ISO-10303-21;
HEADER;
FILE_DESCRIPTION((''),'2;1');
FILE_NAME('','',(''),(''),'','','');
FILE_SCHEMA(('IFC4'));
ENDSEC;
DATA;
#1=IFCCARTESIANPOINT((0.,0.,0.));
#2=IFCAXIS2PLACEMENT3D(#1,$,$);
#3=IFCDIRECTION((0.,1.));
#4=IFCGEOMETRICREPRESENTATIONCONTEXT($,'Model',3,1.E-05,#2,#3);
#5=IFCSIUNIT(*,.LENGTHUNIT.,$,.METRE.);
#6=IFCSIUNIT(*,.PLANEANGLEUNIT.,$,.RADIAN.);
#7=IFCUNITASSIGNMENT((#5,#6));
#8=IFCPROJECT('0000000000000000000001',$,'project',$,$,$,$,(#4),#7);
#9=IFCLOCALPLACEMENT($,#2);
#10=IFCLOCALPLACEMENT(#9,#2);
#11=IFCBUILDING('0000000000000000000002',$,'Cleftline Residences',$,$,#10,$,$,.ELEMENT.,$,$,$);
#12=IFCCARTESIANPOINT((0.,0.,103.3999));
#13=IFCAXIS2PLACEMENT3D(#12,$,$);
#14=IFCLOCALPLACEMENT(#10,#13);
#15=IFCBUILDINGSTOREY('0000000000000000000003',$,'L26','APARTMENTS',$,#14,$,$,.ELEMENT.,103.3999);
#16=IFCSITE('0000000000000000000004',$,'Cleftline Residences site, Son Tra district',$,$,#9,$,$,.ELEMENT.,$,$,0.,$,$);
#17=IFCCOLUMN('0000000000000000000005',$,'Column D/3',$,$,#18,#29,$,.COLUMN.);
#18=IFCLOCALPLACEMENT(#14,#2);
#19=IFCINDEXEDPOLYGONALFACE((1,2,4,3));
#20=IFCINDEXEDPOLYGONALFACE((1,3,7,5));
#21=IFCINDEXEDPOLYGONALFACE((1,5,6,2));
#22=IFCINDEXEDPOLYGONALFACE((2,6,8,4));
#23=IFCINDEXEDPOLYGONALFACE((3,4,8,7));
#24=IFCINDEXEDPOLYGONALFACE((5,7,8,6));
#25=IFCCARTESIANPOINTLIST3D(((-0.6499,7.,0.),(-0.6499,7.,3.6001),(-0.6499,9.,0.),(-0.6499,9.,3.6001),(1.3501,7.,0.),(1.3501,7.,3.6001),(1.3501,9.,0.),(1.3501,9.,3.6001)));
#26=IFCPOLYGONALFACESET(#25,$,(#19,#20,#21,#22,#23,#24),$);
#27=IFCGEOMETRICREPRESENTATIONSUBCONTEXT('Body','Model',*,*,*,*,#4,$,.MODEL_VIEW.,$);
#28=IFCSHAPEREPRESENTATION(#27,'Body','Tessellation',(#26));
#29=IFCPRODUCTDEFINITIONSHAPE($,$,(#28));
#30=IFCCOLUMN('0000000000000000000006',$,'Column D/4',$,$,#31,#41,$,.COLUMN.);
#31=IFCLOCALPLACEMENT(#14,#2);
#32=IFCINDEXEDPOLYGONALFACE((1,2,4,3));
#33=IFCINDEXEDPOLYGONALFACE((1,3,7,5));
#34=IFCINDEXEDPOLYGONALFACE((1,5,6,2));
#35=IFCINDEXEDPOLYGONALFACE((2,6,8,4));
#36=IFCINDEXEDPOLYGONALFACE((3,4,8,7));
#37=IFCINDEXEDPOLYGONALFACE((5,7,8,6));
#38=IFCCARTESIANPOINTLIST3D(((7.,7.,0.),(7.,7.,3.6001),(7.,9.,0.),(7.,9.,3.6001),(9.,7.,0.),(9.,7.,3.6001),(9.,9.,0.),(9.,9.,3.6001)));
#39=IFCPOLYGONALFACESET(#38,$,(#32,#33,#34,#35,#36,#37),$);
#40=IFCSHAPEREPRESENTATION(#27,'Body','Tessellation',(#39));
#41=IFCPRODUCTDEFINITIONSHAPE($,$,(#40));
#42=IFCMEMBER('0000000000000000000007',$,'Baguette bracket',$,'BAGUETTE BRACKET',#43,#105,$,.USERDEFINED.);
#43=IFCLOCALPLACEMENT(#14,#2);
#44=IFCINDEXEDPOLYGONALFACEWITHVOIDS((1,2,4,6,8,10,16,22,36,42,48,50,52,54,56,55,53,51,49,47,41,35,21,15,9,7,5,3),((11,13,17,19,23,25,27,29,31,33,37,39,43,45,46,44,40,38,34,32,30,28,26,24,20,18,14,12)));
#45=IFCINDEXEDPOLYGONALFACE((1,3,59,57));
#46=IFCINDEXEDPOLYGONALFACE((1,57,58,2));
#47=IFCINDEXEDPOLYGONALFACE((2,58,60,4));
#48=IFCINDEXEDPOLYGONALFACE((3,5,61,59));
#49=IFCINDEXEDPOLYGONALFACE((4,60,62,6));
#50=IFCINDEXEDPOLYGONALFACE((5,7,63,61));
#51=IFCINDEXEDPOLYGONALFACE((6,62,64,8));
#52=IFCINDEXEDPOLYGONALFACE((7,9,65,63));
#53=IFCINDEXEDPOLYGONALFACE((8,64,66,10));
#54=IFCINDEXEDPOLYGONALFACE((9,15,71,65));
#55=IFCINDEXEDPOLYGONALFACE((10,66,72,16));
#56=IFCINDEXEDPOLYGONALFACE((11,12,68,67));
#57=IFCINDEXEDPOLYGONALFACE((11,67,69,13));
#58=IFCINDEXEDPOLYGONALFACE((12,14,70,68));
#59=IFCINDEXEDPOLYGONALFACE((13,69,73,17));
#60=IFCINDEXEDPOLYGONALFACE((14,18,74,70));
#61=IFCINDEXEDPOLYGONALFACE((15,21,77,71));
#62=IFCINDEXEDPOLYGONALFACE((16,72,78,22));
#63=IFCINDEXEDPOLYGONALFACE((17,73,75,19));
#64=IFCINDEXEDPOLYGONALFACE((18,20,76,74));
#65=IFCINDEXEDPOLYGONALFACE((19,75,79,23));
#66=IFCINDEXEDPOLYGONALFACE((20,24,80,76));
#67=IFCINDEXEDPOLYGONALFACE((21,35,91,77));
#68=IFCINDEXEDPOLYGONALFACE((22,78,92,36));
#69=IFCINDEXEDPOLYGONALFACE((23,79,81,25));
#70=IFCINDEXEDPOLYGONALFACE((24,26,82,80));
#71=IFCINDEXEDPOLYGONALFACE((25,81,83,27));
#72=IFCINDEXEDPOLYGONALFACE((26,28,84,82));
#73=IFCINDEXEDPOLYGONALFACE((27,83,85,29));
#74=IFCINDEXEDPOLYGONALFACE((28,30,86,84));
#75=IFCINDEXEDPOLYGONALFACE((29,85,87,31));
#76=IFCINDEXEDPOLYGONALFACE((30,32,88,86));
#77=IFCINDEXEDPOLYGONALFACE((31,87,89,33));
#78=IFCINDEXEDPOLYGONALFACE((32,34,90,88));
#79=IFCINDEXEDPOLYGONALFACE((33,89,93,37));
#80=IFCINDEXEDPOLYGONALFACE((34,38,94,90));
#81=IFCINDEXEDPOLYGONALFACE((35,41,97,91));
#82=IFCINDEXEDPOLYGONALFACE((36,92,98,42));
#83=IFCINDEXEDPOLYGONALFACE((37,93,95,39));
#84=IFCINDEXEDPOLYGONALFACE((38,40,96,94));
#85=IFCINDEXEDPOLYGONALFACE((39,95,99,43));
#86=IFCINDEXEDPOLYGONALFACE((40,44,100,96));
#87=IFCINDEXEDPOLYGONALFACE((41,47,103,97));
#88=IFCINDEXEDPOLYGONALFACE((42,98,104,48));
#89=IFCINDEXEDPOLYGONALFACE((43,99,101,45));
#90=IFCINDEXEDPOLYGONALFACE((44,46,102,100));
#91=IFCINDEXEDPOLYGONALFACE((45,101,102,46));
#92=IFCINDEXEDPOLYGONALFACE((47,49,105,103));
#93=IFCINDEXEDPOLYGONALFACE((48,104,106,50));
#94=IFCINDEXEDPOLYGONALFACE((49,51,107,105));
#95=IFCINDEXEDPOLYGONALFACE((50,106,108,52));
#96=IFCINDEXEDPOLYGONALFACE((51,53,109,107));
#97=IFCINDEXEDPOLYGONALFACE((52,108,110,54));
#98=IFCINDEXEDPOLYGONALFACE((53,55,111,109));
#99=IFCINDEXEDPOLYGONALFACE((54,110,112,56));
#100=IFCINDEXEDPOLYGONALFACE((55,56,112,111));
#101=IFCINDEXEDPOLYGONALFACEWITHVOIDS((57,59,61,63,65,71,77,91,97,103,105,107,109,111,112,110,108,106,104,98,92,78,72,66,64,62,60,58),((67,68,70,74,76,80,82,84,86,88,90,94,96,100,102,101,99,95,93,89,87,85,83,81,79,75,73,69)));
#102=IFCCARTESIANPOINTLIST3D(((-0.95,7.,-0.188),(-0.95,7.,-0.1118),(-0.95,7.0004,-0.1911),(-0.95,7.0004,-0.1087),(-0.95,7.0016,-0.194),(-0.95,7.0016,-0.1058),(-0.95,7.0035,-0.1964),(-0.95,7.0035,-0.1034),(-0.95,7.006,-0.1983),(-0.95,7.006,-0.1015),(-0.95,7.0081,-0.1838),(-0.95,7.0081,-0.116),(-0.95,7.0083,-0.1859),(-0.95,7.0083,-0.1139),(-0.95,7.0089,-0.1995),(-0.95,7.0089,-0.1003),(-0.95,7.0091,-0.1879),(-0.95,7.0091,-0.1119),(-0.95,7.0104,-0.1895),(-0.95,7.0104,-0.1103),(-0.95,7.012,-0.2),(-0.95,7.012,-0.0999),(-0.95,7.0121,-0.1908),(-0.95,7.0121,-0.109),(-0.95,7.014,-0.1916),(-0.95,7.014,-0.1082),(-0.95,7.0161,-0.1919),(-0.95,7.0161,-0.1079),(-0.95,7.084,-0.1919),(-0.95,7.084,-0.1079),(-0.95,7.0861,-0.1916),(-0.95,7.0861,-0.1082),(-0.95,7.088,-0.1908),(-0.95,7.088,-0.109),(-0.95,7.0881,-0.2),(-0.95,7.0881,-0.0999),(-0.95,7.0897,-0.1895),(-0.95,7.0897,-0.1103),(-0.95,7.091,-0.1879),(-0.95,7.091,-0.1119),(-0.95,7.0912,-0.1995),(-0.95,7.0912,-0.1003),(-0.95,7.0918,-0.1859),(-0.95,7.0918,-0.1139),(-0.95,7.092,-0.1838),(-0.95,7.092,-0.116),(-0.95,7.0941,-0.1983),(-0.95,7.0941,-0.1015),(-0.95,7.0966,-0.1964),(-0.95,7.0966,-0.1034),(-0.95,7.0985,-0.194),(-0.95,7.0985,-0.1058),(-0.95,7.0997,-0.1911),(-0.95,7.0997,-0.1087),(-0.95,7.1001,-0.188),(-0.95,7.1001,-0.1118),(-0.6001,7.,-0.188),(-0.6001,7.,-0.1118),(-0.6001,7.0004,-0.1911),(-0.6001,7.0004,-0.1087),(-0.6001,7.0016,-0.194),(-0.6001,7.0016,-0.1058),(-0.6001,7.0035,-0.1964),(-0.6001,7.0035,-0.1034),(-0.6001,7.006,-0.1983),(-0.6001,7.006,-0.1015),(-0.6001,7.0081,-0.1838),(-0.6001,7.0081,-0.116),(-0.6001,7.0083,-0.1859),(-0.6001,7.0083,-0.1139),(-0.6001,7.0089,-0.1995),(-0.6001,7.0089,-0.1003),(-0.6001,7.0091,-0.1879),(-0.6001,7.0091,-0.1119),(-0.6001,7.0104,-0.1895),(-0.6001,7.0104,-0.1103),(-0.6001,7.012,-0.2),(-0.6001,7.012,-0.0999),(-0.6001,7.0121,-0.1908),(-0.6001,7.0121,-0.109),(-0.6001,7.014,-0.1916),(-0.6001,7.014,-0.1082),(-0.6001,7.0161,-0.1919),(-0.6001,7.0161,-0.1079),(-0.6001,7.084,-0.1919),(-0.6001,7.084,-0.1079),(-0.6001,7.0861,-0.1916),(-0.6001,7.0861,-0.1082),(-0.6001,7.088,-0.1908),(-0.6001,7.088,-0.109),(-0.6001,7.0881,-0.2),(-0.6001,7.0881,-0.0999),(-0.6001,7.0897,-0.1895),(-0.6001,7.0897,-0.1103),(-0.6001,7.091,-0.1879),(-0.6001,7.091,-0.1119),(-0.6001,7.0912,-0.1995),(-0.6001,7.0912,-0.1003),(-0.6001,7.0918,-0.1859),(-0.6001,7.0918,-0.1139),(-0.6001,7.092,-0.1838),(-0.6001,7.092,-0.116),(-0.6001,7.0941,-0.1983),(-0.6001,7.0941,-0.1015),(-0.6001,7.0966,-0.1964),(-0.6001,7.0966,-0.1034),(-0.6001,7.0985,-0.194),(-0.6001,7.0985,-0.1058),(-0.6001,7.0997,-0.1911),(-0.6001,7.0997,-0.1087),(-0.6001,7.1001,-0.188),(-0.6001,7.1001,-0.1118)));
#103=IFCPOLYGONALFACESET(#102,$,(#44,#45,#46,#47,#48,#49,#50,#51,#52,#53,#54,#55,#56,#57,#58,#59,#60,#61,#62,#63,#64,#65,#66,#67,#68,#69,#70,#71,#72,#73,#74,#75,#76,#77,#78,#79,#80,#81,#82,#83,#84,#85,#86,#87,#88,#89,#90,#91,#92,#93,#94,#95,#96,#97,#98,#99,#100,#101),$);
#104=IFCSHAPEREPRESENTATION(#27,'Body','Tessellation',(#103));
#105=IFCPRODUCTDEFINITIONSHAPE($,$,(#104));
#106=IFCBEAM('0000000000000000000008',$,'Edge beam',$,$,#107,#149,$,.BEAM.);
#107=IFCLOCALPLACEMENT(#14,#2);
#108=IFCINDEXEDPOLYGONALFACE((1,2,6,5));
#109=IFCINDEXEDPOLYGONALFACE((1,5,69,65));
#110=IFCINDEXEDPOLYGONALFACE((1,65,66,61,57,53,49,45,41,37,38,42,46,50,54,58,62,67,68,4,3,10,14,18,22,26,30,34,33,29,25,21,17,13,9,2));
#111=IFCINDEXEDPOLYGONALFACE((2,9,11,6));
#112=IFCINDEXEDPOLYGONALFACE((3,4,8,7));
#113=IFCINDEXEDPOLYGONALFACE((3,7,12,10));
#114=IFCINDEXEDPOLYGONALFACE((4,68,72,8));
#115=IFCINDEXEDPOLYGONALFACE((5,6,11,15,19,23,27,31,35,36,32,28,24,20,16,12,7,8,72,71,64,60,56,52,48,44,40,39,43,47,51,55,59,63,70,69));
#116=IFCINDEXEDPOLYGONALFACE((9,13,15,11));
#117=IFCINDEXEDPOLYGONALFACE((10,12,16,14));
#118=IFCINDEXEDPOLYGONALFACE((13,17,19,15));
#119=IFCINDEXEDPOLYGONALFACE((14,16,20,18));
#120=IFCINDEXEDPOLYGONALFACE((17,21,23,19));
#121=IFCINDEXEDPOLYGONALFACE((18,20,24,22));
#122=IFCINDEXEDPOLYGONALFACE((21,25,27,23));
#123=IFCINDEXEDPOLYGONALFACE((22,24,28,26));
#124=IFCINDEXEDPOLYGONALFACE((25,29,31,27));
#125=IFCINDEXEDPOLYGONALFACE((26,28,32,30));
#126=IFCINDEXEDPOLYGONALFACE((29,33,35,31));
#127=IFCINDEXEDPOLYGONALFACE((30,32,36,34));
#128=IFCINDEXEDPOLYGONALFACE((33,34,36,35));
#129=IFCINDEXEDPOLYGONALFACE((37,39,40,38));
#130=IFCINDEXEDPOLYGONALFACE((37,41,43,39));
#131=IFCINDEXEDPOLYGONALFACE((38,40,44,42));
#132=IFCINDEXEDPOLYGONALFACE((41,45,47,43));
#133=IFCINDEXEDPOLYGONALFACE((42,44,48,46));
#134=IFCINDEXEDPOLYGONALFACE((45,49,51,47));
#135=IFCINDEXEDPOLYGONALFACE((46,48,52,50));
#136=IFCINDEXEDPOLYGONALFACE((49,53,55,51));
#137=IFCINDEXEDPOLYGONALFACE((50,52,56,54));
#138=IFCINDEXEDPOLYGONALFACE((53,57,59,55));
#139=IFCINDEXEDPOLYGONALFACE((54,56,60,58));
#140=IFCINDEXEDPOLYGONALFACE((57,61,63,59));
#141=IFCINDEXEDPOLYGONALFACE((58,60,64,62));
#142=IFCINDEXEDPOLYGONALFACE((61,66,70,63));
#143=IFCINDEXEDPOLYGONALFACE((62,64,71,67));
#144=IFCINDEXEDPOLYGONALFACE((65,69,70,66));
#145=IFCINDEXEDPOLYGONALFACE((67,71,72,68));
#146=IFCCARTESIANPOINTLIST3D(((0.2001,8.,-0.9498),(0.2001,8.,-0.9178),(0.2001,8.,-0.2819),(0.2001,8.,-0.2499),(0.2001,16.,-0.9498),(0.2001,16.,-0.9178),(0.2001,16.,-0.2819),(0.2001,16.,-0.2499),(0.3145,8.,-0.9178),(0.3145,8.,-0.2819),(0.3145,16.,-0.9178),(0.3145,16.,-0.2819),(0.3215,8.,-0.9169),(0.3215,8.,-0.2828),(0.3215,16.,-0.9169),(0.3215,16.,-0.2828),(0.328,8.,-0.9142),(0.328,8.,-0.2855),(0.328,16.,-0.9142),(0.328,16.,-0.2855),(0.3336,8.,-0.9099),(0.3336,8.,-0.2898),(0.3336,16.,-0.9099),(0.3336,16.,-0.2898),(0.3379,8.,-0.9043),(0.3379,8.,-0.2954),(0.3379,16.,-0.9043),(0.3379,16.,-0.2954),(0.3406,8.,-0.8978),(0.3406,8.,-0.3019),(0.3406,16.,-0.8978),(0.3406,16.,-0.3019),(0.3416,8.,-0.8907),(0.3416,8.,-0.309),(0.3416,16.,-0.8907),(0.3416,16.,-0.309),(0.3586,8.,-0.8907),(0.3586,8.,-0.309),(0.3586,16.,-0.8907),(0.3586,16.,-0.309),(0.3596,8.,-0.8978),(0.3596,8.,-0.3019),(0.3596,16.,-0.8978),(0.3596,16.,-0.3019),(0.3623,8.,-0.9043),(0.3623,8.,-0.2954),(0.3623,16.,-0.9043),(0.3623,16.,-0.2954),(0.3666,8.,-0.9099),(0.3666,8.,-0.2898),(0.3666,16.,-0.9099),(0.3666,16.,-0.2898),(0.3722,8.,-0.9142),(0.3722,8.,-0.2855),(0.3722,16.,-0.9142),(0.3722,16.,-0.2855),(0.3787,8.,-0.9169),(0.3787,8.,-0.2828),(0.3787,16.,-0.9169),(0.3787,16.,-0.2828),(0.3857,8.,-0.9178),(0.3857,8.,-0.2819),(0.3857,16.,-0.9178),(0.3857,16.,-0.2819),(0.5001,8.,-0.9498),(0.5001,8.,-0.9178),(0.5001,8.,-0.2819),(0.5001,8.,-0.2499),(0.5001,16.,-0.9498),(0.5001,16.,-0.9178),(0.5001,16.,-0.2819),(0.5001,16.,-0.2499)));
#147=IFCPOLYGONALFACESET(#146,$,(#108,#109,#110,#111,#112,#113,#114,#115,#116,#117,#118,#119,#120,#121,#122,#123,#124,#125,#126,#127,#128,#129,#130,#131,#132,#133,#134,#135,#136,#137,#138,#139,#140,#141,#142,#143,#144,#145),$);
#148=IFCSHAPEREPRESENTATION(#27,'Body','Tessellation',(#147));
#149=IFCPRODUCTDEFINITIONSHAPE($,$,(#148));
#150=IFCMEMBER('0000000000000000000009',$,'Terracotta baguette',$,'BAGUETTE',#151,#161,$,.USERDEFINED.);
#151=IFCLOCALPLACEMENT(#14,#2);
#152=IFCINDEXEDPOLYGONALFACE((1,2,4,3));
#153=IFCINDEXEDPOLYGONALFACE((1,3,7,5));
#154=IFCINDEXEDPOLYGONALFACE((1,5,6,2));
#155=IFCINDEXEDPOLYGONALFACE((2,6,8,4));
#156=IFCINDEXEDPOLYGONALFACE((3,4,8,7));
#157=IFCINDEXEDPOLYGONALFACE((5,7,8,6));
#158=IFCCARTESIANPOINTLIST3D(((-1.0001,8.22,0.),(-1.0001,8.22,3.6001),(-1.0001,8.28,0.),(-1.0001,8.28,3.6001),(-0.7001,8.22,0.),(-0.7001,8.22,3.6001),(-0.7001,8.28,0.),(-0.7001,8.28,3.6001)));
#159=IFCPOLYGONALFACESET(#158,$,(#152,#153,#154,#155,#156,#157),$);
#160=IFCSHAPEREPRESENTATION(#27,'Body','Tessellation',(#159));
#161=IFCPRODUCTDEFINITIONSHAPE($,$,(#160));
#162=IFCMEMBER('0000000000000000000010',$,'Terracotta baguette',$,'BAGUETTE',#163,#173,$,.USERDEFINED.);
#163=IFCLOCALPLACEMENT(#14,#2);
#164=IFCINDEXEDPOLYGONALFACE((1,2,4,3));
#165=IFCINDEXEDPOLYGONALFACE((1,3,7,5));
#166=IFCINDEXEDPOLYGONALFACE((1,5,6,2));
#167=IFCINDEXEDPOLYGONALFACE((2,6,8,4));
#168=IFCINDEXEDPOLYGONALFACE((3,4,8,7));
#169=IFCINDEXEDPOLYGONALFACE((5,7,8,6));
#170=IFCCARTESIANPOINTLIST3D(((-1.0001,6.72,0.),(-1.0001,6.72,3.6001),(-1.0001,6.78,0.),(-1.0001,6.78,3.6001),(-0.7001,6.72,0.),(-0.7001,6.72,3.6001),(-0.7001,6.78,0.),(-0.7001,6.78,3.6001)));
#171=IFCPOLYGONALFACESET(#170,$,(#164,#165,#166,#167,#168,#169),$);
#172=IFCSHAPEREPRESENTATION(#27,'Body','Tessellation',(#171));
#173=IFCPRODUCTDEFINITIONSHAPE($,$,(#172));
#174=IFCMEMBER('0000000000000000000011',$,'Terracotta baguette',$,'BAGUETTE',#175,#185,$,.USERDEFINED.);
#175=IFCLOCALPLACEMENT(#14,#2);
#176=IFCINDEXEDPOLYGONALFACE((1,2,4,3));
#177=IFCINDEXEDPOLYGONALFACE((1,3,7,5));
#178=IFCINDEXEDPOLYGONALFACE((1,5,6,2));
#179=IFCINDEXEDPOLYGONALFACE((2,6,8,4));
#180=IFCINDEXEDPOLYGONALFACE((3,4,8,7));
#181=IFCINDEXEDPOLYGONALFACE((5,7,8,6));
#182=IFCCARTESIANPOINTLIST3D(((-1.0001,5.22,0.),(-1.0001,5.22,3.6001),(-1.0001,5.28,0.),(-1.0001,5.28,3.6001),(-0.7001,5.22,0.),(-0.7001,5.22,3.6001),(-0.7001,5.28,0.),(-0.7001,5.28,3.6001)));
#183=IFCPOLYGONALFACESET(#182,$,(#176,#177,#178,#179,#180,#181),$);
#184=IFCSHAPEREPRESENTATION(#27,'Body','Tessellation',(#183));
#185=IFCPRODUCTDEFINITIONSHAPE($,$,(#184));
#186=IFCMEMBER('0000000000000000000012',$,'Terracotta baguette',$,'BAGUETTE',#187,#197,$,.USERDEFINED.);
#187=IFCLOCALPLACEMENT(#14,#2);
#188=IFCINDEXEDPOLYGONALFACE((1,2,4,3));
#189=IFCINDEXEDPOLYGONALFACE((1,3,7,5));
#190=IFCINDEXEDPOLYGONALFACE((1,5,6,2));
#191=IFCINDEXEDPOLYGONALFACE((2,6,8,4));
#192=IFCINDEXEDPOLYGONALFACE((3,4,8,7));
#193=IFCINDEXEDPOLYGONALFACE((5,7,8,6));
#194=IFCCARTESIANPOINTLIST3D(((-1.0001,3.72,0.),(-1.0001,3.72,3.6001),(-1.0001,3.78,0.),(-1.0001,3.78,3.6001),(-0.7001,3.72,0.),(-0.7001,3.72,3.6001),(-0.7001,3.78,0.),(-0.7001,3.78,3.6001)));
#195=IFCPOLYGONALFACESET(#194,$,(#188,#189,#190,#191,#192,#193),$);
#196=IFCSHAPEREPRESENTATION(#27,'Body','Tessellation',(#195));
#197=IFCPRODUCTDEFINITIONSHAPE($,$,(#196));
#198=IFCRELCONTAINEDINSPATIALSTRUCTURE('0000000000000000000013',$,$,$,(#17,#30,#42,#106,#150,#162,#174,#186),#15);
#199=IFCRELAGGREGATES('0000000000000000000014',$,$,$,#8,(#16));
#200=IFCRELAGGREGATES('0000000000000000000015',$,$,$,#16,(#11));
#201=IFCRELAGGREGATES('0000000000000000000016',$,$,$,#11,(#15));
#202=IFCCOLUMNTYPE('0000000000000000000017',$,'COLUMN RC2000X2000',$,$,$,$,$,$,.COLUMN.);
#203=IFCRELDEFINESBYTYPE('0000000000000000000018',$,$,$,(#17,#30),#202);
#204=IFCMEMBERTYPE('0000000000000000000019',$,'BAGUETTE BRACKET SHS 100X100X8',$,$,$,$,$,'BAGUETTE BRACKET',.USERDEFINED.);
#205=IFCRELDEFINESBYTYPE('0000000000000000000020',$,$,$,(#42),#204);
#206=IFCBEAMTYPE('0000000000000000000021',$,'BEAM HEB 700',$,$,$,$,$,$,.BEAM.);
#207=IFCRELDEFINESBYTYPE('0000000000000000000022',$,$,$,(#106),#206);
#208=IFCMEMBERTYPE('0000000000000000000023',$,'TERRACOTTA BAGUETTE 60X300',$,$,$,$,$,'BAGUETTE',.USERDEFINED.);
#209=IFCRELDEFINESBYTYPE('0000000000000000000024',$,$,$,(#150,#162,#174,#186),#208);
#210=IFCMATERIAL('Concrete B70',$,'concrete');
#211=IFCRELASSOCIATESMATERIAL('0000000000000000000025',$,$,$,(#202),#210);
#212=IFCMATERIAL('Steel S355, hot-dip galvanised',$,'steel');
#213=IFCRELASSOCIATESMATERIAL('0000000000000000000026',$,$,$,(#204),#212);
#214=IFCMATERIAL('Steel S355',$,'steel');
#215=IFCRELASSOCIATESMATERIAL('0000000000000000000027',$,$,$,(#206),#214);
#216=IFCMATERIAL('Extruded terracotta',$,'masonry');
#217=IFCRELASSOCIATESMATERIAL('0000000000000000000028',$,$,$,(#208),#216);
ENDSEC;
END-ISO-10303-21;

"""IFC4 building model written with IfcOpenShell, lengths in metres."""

from ifc_helpers import new_model, si_unit, direction, frame, origin, origin_2d, place, context, subcontext, project, spatial, rectangle, hollow_rectangle, i_section, extrude, material, material_profile, profile_set, type_object, element, save


model = new_model("IFC4")

# Units and contexts
model_context = context("Model", 3, precision=1e-05, world=origin(), true_north=direction((0.0, 1.0)))
body_context = subcontext(model_context, "Body", "Model", "MODEL_VIEW")
ifc_project = project(units=[si_unit("LENGTHUNIT", "METRE"), si_unit("PLANEANGLEUNIT", "RADIAN")], contexts=[model_context])

# Site, building, storey
site_placement = place(None, origin())
site = spatial("IfcSite", under=ifc_project, at=site_placement, Name="Cleftline Residences site, Son Tra district", CompositionType="ELEMENT", RefElevation=0.0)
building_placement = place(site_placement, origin())
building = spatial("IfcBuilding", under=site, at=building_placement, Name="Cleftline Residences", CompositionType="ELEMENT")
storey_placement = place(building_placement, frame((0.0, 0.0, 103.3999)))
storey = spatial("IfcBuildingStorey", under=building, at=storey_placement, Name="L26", Description="APARTMENTS", CompositionType="ELEMENT", Elevation=103.3999)

# Columns
ifc_material_1 = material(Name="Concrete B70", Category="concrete")
ifc_material_profile_1 = material_profile(ifc_material_1, rectangle(XDim=2.0, YDim=2.0, at=origin_2d()))
ifc_profile_set_1 = profile_set([ifc_material_profile_1], Name="Concrete B70")
column_type = type_object("IfcColumnType", Name="COLUMN RC2000X2000", PredefinedType="COLUMN", material=ifc_profile_set_1)
for number, where, z_axis, x_axis, name in (
    (1, (0.3501, 8.0, 0.0), (0.0, 0.0, 1.0), (1.0, 0.0, 0.0), "Column D/3"),
    (2, (8.0, 8.0, 0.0), (0.0, 0.0, 1.0), (1.0, 0.0, 0.0), "Column D/4"),
):
    element("IfcColumn", number, at=place(storey_placement, frame(where, z_axis=z_axis, x_axis=x_axis)), inside=storey, type_object=column_type, Name=name, PredefinedType="COLUMN", context=body_context, shape_type="SweptSolid", body=[
        extrude(rectangle(XDim=2.0, YDim=2.0, at=origin_2d()), origin(), (0.0, 0.0, 1.0), 3.6001),
    ])

# Member
ifc_material_2 = material(Name="Steel S355, hot-dip galvanised", Category="steel")
ifc_material_profile_2 = material_profile(ifc_material_2, hollow_rectangle(XDim=0.1001, YDim=0.1001, WallThickness=0.0081, InnerFilletRadius=0.0081, OuterFilletRadius=0.012, at=origin_2d()))
ifc_profile_set_2 = profile_set([ifc_material_profile_2], Name="Steel S355, hot-dip galvanised")
member_type_1 = type_object("IfcMemberType", Name="BAGUETTE BRACKET SHS 100X100X8", ElementType="BAGUETTE BRACKET", PredefinedType="USERDEFINED", material=ifc_profile_set_2)
member_placement = place(storey_placement, frame((-0.6001, 7.05, -0.1499), z_axis=(-1.0, 0.0, 0.0), x_axis=(0.0, -1.0, 0.0)))
element("IfcMember", 3, at=member_placement, inside=storey, type_object=member_type_1, Name="Baguette bracket", ObjectType="BAGUETTE BRACKET", PredefinedType="USERDEFINED", context=body_context, shape_type="SweptSolid", body=[
    extrude(hollow_rectangle(XDim=0.1001, YDim=0.1001, WallThickness=0.0081, InnerFilletRadius=0.0081, OuterFilletRadius=0.012, at=origin_2d()), origin(), (0.0, 0.0, 1.0), 0.3499),
])

# Beam
ifc_material_3 = material(Name="Steel S355", Category="steel")
ifc_material_profile_3 = material_profile(ifc_material_3, i_section(OverallWidth=0.3, OverallDepth=0.7, WebThickness=0.0171, FlangeThickness=0.032, FilletRadius=0.0271, at=origin_2d()))
ifc_profile_set_3 = profile_set([ifc_material_profile_3], Name="Steel S355")
beam_type = type_object("IfcBeamType", Name="BEAM HEB 700", PredefinedType="BEAM", material=ifc_profile_set_3)
beam_placement = place(storey_placement, frame((0.3501, 8.0, -0.5999), z_axis=(0.0, 1.0, 0.0), x_axis=(-1.0, 0.0, 0.0)))
element("IfcBeam", 4, at=beam_placement, inside=storey, type_object=beam_type, Name="Edge beam", PredefinedType="BEAM", context=body_context, shape_type="SweptSolid", body=[
    extrude(i_section(OverallWidth=0.3, OverallDepth=0.7, WebThickness=0.0171, FlangeThickness=0.032, FilletRadius=0.0271, at=origin_2d()), origin(), (0.0, 0.0, 1.0), 8.0),
])

# Members
ifc_material_4 = material(Name="Extruded terracotta", Category="masonry")
ifc_material_profile_4 = material_profile(ifc_material_4, rectangle(XDim=0.0601, YDim=0.3, at=origin_2d()))
ifc_profile_set_4 = profile_set([ifc_material_profile_4], Name="Extruded terracotta")
member_type_2 = type_object("IfcMemberType", Name="TERRACOTTA BAGUETTE 60X300", ElementType="BAGUETTE", PredefinedType="USERDEFINED", material=ifc_profile_set_4)
for number, where, z_axis, x_axis, name in (
    (5, (-0.8501, 8.25, 0.0), (0.0, 0.0, 1.0), (0.0, 1.0, 0.0), "Terracotta baguette"),
    (6, (-0.8501, 6.75, 0.0), (0.0, 0.0, 1.0), (0.0, 1.0, 0.0), "Terracotta baguette"),
    (7, (-0.8501, 5.25, 0.0), (0.0, 0.0, 1.0), (0.0, 1.0, 0.0), "Terracotta baguette"),
    (8, (-0.8501, 3.75, 0.0), (0.0, 0.0, 1.0), (0.0, 1.0, 0.0), "Terracotta baguette"),
):
    element("IfcMember", number, at=place(storey_placement, frame(where, z_axis=z_axis, x_axis=x_axis)), inside=storey, type_object=member_type_2, Name=name, ObjectType="BAGUETTE", PredefinedType="USERDEFINED", context=body_context, shape_type="SweptSolid", body=[
        extrude(rectangle(XDim=0.0601, YDim=0.3, at=origin_2d()), origin(), (0.0, 0.0, 1.0), 3.6001),
    ])

save(model, "model.ifc")
